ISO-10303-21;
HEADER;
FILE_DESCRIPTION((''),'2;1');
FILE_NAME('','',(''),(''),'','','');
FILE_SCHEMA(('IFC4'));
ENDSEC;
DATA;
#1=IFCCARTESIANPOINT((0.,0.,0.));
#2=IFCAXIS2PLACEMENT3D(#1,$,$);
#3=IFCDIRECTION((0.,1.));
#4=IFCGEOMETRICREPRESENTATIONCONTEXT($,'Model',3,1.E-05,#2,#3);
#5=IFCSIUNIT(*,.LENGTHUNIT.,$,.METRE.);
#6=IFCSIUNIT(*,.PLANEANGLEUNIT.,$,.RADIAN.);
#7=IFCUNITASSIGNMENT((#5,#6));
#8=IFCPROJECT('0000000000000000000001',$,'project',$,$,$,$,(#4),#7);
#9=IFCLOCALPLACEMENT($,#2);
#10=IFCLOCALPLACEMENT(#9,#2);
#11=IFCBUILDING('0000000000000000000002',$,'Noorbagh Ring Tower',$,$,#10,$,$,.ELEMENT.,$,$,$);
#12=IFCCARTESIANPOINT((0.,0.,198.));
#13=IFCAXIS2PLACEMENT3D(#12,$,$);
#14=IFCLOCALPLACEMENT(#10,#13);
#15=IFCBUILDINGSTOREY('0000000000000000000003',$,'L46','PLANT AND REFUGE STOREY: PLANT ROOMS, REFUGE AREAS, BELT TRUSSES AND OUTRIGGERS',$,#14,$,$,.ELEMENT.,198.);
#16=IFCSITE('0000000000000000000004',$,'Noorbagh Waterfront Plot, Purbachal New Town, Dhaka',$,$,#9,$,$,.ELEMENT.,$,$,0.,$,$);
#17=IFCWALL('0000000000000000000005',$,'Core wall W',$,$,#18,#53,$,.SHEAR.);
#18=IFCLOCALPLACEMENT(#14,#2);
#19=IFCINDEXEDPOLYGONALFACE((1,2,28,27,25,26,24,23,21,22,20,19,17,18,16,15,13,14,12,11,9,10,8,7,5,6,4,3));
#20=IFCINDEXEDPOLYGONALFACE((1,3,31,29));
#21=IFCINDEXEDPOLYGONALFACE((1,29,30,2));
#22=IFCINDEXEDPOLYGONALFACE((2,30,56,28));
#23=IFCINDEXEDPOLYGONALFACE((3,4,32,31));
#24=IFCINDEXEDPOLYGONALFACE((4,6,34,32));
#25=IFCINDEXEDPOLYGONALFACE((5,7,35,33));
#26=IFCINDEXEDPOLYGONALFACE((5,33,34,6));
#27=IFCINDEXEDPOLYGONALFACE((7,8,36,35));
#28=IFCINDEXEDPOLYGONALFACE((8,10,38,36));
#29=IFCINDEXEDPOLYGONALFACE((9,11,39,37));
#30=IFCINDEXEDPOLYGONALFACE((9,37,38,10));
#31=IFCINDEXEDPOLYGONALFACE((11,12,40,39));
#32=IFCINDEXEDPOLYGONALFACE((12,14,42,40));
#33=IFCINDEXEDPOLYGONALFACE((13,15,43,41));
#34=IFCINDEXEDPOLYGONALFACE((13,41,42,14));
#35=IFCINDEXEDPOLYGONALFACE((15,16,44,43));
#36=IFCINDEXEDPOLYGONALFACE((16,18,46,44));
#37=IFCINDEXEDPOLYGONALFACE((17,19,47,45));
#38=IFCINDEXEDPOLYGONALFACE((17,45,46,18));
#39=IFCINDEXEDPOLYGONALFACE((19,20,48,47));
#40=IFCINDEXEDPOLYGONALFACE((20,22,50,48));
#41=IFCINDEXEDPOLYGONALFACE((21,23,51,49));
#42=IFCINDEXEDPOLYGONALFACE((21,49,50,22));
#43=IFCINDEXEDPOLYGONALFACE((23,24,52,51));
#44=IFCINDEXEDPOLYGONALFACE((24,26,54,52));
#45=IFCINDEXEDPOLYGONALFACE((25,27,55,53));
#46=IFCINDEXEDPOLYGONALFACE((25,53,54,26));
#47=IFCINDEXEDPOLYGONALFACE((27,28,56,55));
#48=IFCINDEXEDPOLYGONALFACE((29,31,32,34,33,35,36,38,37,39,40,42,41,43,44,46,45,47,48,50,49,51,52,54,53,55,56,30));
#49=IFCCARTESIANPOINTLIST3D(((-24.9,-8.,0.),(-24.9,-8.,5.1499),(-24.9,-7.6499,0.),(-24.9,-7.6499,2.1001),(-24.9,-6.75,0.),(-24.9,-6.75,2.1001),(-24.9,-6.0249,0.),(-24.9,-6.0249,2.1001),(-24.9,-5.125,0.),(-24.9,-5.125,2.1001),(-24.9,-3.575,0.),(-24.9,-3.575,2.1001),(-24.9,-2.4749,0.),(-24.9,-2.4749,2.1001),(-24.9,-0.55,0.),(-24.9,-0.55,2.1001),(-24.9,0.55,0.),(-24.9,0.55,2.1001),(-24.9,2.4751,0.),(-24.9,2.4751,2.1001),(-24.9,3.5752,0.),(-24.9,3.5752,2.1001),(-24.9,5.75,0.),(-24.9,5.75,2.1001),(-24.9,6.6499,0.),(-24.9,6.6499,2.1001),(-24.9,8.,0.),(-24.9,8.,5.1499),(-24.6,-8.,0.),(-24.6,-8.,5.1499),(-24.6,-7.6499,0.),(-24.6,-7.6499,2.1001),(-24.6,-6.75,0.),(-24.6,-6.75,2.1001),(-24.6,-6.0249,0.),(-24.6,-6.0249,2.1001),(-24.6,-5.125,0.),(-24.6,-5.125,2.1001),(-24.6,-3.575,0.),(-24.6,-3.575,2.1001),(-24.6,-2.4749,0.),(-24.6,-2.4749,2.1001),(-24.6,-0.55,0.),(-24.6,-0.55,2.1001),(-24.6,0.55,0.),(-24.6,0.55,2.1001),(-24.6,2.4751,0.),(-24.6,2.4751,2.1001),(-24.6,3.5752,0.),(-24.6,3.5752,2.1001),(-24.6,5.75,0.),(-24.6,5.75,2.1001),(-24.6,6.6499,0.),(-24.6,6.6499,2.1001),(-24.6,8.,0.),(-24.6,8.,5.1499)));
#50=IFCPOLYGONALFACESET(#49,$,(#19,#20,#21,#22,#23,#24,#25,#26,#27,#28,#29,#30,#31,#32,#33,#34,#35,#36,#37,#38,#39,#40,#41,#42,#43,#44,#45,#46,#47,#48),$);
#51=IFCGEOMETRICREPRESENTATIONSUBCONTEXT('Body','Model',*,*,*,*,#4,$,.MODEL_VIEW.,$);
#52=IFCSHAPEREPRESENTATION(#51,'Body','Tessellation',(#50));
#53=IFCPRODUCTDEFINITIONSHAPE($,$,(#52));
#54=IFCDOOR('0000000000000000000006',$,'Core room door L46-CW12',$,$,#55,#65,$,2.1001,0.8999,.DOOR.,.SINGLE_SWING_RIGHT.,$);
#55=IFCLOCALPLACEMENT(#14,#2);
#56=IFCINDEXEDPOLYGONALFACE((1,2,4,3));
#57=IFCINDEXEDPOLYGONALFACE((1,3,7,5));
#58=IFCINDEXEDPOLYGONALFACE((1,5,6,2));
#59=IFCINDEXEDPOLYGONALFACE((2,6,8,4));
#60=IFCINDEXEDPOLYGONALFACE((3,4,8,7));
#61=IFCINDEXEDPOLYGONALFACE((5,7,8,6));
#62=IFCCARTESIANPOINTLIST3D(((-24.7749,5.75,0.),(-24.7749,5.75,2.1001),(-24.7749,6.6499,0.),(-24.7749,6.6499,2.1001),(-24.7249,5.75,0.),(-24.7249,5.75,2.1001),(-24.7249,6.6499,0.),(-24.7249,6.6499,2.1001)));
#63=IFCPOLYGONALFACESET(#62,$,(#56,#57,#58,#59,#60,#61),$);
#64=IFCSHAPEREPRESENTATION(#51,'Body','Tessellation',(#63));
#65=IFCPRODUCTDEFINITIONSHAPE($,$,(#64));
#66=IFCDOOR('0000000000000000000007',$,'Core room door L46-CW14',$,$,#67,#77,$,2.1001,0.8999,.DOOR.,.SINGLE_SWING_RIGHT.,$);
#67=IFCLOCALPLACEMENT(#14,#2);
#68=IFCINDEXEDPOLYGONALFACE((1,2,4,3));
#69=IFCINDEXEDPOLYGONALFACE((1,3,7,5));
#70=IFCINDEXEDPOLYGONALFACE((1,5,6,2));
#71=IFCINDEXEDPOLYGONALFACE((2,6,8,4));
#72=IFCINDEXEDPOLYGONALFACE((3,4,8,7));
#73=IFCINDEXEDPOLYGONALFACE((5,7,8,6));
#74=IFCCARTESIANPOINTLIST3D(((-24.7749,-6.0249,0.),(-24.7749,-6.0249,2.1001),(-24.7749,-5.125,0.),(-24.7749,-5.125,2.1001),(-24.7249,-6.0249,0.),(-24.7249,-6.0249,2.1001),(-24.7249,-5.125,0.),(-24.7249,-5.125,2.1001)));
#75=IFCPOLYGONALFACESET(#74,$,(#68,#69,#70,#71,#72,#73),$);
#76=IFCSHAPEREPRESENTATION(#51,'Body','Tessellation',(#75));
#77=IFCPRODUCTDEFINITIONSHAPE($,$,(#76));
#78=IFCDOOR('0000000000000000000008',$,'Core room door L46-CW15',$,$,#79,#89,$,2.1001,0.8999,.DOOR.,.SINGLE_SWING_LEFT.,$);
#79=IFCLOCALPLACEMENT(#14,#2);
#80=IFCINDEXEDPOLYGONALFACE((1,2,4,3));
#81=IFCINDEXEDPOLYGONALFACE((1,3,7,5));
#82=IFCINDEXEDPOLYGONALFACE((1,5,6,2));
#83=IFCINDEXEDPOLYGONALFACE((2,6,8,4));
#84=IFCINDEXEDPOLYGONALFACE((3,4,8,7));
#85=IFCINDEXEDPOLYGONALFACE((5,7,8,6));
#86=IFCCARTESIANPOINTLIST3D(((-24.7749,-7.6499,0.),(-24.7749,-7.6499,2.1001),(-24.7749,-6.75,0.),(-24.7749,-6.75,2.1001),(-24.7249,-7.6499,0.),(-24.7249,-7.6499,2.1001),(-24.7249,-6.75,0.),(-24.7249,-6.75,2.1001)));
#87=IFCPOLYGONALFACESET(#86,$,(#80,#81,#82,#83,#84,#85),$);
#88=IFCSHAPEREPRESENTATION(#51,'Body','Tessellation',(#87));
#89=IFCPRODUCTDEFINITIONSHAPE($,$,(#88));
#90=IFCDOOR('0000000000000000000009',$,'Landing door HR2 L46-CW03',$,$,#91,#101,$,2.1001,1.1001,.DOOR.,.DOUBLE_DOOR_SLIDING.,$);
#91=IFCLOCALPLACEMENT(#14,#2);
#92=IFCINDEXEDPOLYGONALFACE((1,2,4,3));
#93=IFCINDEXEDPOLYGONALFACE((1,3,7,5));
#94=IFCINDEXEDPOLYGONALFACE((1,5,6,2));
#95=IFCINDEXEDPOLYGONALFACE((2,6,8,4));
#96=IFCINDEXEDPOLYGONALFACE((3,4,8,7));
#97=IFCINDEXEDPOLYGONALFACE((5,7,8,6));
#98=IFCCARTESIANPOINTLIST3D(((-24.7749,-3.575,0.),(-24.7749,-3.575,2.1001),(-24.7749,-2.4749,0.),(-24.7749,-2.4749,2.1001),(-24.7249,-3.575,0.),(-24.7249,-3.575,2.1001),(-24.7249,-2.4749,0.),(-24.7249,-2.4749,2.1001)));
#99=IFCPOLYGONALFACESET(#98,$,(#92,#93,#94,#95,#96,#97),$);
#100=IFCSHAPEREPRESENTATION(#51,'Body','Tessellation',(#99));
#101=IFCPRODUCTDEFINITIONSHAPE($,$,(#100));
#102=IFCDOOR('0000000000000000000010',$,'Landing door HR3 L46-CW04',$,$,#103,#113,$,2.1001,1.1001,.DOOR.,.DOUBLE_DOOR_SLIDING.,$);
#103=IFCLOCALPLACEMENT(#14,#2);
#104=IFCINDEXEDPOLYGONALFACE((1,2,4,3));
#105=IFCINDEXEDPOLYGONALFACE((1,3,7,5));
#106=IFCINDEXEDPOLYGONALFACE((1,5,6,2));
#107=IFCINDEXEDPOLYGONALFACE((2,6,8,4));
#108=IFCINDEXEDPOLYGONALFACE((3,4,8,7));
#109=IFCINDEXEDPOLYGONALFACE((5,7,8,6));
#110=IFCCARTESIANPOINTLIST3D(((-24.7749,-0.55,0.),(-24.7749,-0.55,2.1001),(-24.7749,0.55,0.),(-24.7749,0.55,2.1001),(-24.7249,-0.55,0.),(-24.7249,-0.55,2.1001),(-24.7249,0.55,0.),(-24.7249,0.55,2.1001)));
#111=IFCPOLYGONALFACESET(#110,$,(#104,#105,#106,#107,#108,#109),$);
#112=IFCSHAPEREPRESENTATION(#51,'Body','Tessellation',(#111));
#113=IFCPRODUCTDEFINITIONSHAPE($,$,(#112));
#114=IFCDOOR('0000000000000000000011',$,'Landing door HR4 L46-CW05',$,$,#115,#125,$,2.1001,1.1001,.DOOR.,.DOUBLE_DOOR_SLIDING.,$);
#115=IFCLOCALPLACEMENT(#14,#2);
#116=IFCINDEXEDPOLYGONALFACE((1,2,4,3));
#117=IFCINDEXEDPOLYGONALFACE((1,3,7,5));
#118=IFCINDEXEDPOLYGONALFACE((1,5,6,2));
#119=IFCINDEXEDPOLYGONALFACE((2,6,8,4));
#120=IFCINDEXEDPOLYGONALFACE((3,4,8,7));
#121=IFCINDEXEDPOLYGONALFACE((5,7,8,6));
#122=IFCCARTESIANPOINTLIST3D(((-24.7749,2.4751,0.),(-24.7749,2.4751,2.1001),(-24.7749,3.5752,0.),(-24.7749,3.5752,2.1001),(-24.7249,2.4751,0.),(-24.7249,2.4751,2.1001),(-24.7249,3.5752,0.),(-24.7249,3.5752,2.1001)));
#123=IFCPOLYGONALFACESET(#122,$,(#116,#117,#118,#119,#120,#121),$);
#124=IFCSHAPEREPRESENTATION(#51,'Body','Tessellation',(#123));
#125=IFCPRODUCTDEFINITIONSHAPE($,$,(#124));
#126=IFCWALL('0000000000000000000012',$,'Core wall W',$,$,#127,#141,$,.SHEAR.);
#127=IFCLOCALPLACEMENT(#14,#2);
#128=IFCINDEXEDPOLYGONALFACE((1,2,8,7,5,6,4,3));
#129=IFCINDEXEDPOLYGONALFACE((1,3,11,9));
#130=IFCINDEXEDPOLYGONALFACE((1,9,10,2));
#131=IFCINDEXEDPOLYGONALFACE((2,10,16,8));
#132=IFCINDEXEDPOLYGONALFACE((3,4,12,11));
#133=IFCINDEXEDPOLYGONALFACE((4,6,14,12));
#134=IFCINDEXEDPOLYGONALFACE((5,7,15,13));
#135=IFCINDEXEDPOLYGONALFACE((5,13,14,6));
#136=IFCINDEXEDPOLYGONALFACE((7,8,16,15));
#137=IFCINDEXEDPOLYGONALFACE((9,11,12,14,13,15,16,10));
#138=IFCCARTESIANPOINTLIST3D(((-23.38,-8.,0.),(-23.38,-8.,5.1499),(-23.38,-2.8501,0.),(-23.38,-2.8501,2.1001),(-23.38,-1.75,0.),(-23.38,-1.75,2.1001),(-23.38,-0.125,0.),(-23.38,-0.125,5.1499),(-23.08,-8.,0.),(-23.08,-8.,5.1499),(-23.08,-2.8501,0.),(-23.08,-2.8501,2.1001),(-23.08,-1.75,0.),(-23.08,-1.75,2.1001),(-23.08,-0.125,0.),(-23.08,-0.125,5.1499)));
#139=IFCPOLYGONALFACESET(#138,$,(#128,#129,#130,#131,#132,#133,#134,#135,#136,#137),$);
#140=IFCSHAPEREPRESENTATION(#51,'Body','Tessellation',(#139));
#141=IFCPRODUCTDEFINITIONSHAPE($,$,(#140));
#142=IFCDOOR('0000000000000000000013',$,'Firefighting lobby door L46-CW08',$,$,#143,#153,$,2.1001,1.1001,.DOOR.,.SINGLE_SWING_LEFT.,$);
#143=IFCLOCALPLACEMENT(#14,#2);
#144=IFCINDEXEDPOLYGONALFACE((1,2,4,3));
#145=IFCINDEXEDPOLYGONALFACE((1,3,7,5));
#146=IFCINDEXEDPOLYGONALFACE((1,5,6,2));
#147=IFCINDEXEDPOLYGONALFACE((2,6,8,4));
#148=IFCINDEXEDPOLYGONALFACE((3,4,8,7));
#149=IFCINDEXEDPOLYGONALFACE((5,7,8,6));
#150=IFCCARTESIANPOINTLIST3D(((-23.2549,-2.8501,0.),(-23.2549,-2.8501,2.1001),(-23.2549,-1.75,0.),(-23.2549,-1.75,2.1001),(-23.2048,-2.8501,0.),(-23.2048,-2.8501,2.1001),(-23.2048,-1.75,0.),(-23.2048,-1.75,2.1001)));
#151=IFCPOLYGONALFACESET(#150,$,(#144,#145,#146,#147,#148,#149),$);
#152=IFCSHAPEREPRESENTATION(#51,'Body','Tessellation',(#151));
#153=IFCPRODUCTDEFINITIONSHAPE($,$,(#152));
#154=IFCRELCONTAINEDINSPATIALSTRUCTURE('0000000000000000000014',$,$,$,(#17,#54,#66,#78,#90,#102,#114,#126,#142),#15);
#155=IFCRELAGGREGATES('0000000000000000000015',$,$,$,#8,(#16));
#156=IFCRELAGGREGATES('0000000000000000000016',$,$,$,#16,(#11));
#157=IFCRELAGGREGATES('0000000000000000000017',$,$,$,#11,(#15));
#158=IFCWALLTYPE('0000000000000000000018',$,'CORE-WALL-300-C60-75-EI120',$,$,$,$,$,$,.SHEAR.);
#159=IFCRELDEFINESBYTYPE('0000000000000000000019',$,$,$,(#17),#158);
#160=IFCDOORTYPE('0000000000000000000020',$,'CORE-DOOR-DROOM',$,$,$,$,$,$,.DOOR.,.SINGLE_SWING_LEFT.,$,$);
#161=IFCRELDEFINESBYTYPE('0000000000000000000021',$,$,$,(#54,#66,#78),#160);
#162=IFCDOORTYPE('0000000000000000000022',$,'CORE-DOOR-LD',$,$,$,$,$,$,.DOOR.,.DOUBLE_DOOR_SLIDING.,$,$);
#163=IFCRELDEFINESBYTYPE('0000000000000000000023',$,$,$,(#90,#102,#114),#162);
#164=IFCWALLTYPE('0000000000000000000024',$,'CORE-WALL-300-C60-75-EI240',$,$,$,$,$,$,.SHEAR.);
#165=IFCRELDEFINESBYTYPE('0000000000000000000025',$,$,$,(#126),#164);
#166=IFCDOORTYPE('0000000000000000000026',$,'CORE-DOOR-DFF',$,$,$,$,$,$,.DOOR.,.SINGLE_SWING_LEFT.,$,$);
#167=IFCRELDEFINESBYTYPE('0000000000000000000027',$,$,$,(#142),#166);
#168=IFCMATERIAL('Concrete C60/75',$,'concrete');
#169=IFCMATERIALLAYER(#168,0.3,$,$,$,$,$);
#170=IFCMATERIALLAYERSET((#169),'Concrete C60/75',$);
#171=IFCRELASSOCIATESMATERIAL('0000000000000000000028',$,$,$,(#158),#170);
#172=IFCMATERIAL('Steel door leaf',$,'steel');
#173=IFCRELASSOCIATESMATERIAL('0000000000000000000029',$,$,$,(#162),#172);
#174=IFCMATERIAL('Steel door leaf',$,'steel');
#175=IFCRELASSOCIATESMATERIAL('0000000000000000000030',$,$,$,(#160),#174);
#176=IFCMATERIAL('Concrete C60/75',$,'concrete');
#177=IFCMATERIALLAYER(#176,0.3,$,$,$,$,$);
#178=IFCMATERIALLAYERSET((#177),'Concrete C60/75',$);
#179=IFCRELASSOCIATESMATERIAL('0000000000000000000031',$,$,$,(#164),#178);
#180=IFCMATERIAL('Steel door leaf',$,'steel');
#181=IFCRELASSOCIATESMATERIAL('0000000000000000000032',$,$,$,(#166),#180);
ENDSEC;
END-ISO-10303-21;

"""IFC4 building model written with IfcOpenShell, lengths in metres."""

from ifc_helpers import new_model, si_unit, direction, frame, frame_2d, origin, place, context, subcontext, project, spatial, rectangle, extrude, material, layer, layer_set, type_object, element, fill, save


model = new_model("IFC4")

# Units and contexts
model_context = context("Model", 3, precision=1e-05, world=origin(), true_north=direction((0.0, 1.0)))
body_context = subcontext(model_context, "Body", "Model", "MODEL_VIEW")
ifc_project = project(units=[si_unit("LENGTHUNIT", "METRE"), si_unit("PLANEANGLEUNIT", "RADIAN")], contexts=[model_context])

# Site, building, storey
site_placement = place(None, origin())
site = spatial("IfcSite", under=ifc_project, at=site_placement, Name="Noorbagh Waterfront Plot, Purbachal New Town, Dhaka", CompositionType="ELEMENT", RefElevation=0.0)
building_placement = place(site_placement, origin())
building = spatial("IfcBuilding", under=site, at=building_placement, Name="Noorbagh Ring Tower", CompositionType="ELEMENT")
storey_placement = place(building_placement, frame((0.0, 0.0, 198.0)))
storey = spatial("IfcBuildingStorey", under=building, at=storey_placement, Name="L46", Description="PLANT AND REFUGE STOREY: PLANT ROOMS, REFUGE AREAS, BELT TRUSSES AND OUTRIGGERS", CompositionType="ELEMENT", Elevation=198.0)

# Wall, openings, doors
ifc_material_1 = material(Name="Concrete C60/75", Category="concrete")
ifc_layer_1 = layer(ifc_material_1, 0.3)
ifc_layer_set_1 = layer_set([ifc_layer_1], Name="Concrete C60/75")
wall_type_1 = type_object("IfcWallType", Name="CORE-WALL-300-C60-75-EI120", PredefinedType="SHEAR", material=ifc_layer_set_1)
ifc_material_2 = material(Name="Steel door leaf", Category="steel")
door_type_1 = type_object("IfcDoorType", Name="CORE-DOOR-LD", OperationType="DOUBLE_DOOR_SLIDING", PredefinedType="DOOR", material=ifc_material_2)
wall_1_placement = place(storey_placement, frame((-24.75, -8.0, 0.0), z_axis=(0.0, 0.0, 1.0), x_axis=(0.0, 1.0, 0.0)))
wall_1 = element("IfcWall", 1, at=wall_1_placement, inside=storey, type_object=wall_type_1, Name="Core wall W", PredefinedType="SHEAR", context=body_context, shape_type="SweptSolid", body=[
    extrude(rectangle(XDim=16.0, YDim=0.3, at=frame_2d((8.0, 0.0))), origin(), (0.0, 0.0, 1.0), 5.1499),
])
opening_1_placement = place(wall_1_placement, frame((4.425, 0.0, 0.0)))
opening_1 = element("IfcOpeningElement", 2, at=opening_1_placement, cuts=wall_1, PredefinedType="OPENING", context=body_context, shape_type="SweptSolid", body=[
    extrude(rectangle(XDim=1.1001, YDim=2.1001, at=frame_2d((0.55, 1.05))), frame((0.0, 0.1602, 0.0), z_axis=(0.0, -1.0, 0.0), x_axis=(1.0, 0.0, 0.0)), (0.0, 0.0, 1.0), 0.3201),
])
opening_2_placement = place(wall_1_placement, frame((7.45, 0.0, 0.0)))
opening_2 = element("IfcOpeningElement", 3, at=opening_2_placement, cuts=wall_1, PredefinedType="OPENING", context=body_context, shape_type="SweptSolid", body=[
    extrude(rectangle(XDim=1.1001, YDim=2.1001, at=frame_2d((0.55, 1.05))), frame((0.0, 0.1602, 0.0), z_axis=(0.0, -1.0, 0.0), x_axis=(1.0, 0.0, 0.0)), (0.0, 0.0, 1.0), 0.3201),
])
opening_3_placement = place(wall_1_placement, frame((10.4751, 0.0, 0.0)))
opening_3 = element("IfcOpeningElement", 4, at=opening_3_placement, cuts=wall_1, PredefinedType="OPENING", context=body_context, shape_type="SweptSolid", body=[
    extrude(rectangle(XDim=1.1001, YDim=2.1001, at=frame_2d((0.55, 1.05))), frame((0.0, 0.1602, 0.0), z_axis=(0.0, -1.0, 0.0), x_axis=(1.0, 0.0, 0.0)), (0.0, 0.0, 1.0), 0.3201),
])
opening_4_placement = place(wall_1_placement, frame((13.75, 0.0, 0.0)))
opening_4 = element("IfcOpeningElement", 5, at=opening_4_placement, cuts=wall_1, PredefinedType="OPENING", context=body_context, shape_type="SweptSolid", body=[
    extrude(rectangle(XDim=0.8999, YDim=2.1001, at=frame_2d((0.45, 1.05))), frame((0.0, 0.1602, 0.0), z_axis=(0.0, -1.0, 0.0), x_axis=(1.0, 0.0, 0.0)), (0.0, 0.0, 1.0), 0.3201),
])
opening_5_placement = place(wall_1_placement, frame((1.9751, 0.0, 0.0)))
opening_5 = element("IfcOpeningElement", 6, at=opening_5_placement, cuts=wall_1, PredefinedType="OPENING", context=body_context, shape_type="SweptSolid", body=[
    extrude(rectangle(XDim=0.8999, YDim=2.1001, at=frame_2d((0.45, 1.05))), frame((0.0, 0.1602, 0.0), z_axis=(0.0, -1.0, 0.0), x_axis=(1.0, 0.0, 0.0)), (0.0, 0.0, 1.0), 0.3201),
])
opening_6_placement = place(wall_1_placement, frame((0.3501, 0.0, 0.0)))
opening_6 = element("IfcOpeningElement", 7, at=opening_6_placement, cuts=wall_1, PredefinedType="OPENING", context=body_context, shape_type="SweptSolid", body=[
    extrude(rectangle(XDim=0.8999, YDim=2.1001, at=frame_2d((0.45, 1.05))), frame((0.0, 0.1602, 0.0), z_axis=(0.0, -1.0, 0.0), x_axis=(1.0, 0.0, 0.0)), (0.0, 0.0, 1.0), 0.3201),
])
ifc_material_3 = material(Name="Steel door leaf", Category="steel")
door_type_2 = type_object("IfcDoorType", Name="CORE-DOOR-DROOM", OperationType="SINGLE_SWING_LEFT", PredefinedType="DOOR", material=ifc_material_3)
door_1_placement = place(opening_4_placement, origin())
door_1 = element("IfcDoor", 8, at=door_1_placement, inside=storey, type_object=door_type_2, Name="Core room door L46-CW12", OperationType="SINGLE_SWING_RIGHT", OverallHeight=2.1001, OverallWidth=0.8999, PredefinedType="DOOR", context=body_context, shape_type="SweptSolid", body=[
    extrude(rectangle(XDim=0.8999, YDim=2.1001, at=frame_2d((0.45, 1.05))), frame((0.0, 0.0249, 0.0), z_axis=(0.0, -1.0, 0.0), x_axis=(1.0, 0.0, 0.0)), (0.0, 0.0, 1.0), 0.05),
])
fill(opening_4, door_1)
door_2_placement = place(opening_5_placement, origin())
door_2 = element("IfcDoor", 9, at=door_2_placement, inside=storey, type_object=door_type_2, Name="Core room door L46-CW14", OperationType="SINGLE_SWING_RIGHT", OverallHeight=2.1001, OverallWidth=0.8999, PredefinedType="DOOR", context=body_context, shape_type="SweptSolid", body=[
    extrude(rectangle(XDim=0.8999, YDim=2.1001, at=frame_2d((0.45, 1.05))), frame((0.0, 0.0249, 0.0), z_axis=(0.0, -1.0, 0.0), x_axis=(1.0, 0.0, 0.0)), (0.0, 0.0, 1.0), 0.05),
])
fill(opening_5, door_2)
door_3_placement = place(opening_6_placement, origin())
door_3 = element("IfcDoor", 10, at=door_3_placement, inside=storey, type_object=door_type_2, Name="Core room door L46-CW15", OperationType="SINGLE_SWING_LEFT", OverallHeight=2.1001, OverallWidth=0.8999, PredefinedType="DOOR", context=body_context, shape_type="SweptSolid", body=[
    extrude(rectangle(XDim=0.8999, YDim=2.1001, at=frame_2d((0.45, 1.05))), frame((0.0, 0.0249, 0.0), z_axis=(0.0, -1.0, 0.0), x_axis=(1.0, 0.0, 0.0)), (0.0, 0.0, 1.0), 0.05),
])
fill(opening_6, door_3)
door_4_placement = place(opening_1_placement, origin())
door_4 = element("IfcDoor", 11, at=door_4_placement, inside=storey, type_object=door_type_1, Name="Landing door HR2 L46-CW03", OperationType="DOUBLE_DOOR_SLIDING", OverallHeight=2.1001, OverallWidth=1.1001, PredefinedType="DOOR", context=body_context, shape_type="SweptSolid", body=[
    extrude(rectangle(XDim=1.1001, YDim=2.1001, at=frame_2d((0.55, 1.05))), frame((0.0, 0.0249, 0.0), z_axis=(0.0, -1.0, 0.0), x_axis=(1.0, 0.0, 0.0)), (0.0, 0.0, 1.0), 0.05),
])
fill(opening_1, door_4)
door_5_placement = place(opening_2_placement, origin())
door_5 = element("IfcDoor", 12, at=door_5_placement, inside=storey, type_object=door_type_1, Name="Landing door HR3 L46-CW04", OperationType="DOUBLE_DOOR_SLIDING", OverallHeight=2.1001, OverallWidth=1.1001, PredefinedType="DOOR", context=body_context, shape_type="SweptSolid", body=[
    extrude(rectangle(XDim=1.1001, YDim=2.1001, at=frame_2d((0.55, 1.05))), frame((0.0, 0.0249, 0.0), z_axis=(0.0, -1.0, 0.0), x_axis=(1.0, 0.0, 0.0)), (0.0, 0.0, 1.0), 0.05),
])
fill(opening_2, door_5)
door_6_placement = place(opening_3_placement, origin())
door_6 = element("IfcDoor", 13, at=door_6_placement, inside=storey, type_object=door_type_1, Name="Landing door HR4 L46-CW05", OperationType="DOUBLE_DOOR_SLIDING", OverallHeight=2.1001, OverallWidth=1.1001, PredefinedType="DOOR", context=body_context, shape_type="SweptSolid", body=[
    extrude(rectangle(XDim=1.1001, YDim=2.1001, at=frame_2d((0.55, 1.05))), frame((0.0, 0.0249, 0.0), z_axis=(0.0, -1.0, 0.0), x_axis=(1.0, 0.0, 0.0)), (0.0, 0.0, 1.0), 0.05),
])
fill(opening_3, door_6)

# Wall, opening, door
ifc_material_4 = material(Name="Concrete C60/75", Category="concrete")
ifc_layer_2 = layer(ifc_material_4, 0.3)
ifc_layer_set_2 = layer_set([ifc_layer_2], Name="Concrete C60/75")
wall_type_2 = type_object("IfcWallType", Name="CORE-WALL-300-C60-75-EI240", PredefinedType="SHEAR", material=ifc_layer_set_2)
wall_2_placement = place(storey_placement, frame((-23.23, -8.0, 0.0), z_axis=(0.0, 0.0, 1.0), x_axis=(0.0, 1.0, 0.0)))
wall_2 = element("IfcWall", 14, at=wall_2_placement, inside=storey, type_object=wall_type_2, Name="Core wall W", PredefinedType="SHEAR", context=body_context, shape_type="SweptSolid", body=[
    extrude(rectangle(XDim=7.875, YDim=0.3, at=frame_2d((3.9375, 0.0))), origin(), (0.0, 0.0, 1.0), 5.1499),
])
opening_7_placement = place(wall_2_placement, frame((5.1499, 0.0, 0.0)))
opening_7 = element("IfcOpeningElement", 15, at=opening_7_placement, cuts=wall_2, PredefinedType="OPENING", context=body_context, shape_type="SweptSolid", body=[
    extrude(rectangle(XDim=1.1001, YDim=2.1001, at=frame_2d((0.55, 1.05))), frame((0.0, 0.1602, 0.0), z_axis=(0.0, -1.0, 0.0), x_axis=(1.0, 0.0, 0.0)), (0.0, 0.0, 1.0), 0.3201),
])
ifc_material_5 = material(Name="Steel door leaf", Category="steel")
door_type_3 = type_object("IfcDoorType", Name="CORE-DOOR-DFF", OperationType="SINGLE_SWING_LEFT", PredefinedType="DOOR", material=ifc_material_5)
door_7_placement = place(opening_7_placement, origin())
door_7 = element("IfcDoor", 16, at=door_7_placement, inside=storey, type_object=door_type_3, Name="Firefighting lobby door L46-CW08", OperationType="SINGLE_SWING_LEFT", OverallHeight=2.1001, OverallWidth=1.1001, PredefinedType="DOOR", context=body_context, shape_type="SweptSolid", body=[
    extrude(rectangle(XDim=1.1001, YDim=2.1001, at=frame_2d((0.55, 1.05))), frame((0.0, 0.0249, 0.0), z_axis=(0.0, -1.0, 0.0), x_axis=(1.0, 0.0, 0.0)), (0.0, 0.0, 1.0), 0.05),
])
fill(opening_7, door_7)

save(model, "model.ifc")
